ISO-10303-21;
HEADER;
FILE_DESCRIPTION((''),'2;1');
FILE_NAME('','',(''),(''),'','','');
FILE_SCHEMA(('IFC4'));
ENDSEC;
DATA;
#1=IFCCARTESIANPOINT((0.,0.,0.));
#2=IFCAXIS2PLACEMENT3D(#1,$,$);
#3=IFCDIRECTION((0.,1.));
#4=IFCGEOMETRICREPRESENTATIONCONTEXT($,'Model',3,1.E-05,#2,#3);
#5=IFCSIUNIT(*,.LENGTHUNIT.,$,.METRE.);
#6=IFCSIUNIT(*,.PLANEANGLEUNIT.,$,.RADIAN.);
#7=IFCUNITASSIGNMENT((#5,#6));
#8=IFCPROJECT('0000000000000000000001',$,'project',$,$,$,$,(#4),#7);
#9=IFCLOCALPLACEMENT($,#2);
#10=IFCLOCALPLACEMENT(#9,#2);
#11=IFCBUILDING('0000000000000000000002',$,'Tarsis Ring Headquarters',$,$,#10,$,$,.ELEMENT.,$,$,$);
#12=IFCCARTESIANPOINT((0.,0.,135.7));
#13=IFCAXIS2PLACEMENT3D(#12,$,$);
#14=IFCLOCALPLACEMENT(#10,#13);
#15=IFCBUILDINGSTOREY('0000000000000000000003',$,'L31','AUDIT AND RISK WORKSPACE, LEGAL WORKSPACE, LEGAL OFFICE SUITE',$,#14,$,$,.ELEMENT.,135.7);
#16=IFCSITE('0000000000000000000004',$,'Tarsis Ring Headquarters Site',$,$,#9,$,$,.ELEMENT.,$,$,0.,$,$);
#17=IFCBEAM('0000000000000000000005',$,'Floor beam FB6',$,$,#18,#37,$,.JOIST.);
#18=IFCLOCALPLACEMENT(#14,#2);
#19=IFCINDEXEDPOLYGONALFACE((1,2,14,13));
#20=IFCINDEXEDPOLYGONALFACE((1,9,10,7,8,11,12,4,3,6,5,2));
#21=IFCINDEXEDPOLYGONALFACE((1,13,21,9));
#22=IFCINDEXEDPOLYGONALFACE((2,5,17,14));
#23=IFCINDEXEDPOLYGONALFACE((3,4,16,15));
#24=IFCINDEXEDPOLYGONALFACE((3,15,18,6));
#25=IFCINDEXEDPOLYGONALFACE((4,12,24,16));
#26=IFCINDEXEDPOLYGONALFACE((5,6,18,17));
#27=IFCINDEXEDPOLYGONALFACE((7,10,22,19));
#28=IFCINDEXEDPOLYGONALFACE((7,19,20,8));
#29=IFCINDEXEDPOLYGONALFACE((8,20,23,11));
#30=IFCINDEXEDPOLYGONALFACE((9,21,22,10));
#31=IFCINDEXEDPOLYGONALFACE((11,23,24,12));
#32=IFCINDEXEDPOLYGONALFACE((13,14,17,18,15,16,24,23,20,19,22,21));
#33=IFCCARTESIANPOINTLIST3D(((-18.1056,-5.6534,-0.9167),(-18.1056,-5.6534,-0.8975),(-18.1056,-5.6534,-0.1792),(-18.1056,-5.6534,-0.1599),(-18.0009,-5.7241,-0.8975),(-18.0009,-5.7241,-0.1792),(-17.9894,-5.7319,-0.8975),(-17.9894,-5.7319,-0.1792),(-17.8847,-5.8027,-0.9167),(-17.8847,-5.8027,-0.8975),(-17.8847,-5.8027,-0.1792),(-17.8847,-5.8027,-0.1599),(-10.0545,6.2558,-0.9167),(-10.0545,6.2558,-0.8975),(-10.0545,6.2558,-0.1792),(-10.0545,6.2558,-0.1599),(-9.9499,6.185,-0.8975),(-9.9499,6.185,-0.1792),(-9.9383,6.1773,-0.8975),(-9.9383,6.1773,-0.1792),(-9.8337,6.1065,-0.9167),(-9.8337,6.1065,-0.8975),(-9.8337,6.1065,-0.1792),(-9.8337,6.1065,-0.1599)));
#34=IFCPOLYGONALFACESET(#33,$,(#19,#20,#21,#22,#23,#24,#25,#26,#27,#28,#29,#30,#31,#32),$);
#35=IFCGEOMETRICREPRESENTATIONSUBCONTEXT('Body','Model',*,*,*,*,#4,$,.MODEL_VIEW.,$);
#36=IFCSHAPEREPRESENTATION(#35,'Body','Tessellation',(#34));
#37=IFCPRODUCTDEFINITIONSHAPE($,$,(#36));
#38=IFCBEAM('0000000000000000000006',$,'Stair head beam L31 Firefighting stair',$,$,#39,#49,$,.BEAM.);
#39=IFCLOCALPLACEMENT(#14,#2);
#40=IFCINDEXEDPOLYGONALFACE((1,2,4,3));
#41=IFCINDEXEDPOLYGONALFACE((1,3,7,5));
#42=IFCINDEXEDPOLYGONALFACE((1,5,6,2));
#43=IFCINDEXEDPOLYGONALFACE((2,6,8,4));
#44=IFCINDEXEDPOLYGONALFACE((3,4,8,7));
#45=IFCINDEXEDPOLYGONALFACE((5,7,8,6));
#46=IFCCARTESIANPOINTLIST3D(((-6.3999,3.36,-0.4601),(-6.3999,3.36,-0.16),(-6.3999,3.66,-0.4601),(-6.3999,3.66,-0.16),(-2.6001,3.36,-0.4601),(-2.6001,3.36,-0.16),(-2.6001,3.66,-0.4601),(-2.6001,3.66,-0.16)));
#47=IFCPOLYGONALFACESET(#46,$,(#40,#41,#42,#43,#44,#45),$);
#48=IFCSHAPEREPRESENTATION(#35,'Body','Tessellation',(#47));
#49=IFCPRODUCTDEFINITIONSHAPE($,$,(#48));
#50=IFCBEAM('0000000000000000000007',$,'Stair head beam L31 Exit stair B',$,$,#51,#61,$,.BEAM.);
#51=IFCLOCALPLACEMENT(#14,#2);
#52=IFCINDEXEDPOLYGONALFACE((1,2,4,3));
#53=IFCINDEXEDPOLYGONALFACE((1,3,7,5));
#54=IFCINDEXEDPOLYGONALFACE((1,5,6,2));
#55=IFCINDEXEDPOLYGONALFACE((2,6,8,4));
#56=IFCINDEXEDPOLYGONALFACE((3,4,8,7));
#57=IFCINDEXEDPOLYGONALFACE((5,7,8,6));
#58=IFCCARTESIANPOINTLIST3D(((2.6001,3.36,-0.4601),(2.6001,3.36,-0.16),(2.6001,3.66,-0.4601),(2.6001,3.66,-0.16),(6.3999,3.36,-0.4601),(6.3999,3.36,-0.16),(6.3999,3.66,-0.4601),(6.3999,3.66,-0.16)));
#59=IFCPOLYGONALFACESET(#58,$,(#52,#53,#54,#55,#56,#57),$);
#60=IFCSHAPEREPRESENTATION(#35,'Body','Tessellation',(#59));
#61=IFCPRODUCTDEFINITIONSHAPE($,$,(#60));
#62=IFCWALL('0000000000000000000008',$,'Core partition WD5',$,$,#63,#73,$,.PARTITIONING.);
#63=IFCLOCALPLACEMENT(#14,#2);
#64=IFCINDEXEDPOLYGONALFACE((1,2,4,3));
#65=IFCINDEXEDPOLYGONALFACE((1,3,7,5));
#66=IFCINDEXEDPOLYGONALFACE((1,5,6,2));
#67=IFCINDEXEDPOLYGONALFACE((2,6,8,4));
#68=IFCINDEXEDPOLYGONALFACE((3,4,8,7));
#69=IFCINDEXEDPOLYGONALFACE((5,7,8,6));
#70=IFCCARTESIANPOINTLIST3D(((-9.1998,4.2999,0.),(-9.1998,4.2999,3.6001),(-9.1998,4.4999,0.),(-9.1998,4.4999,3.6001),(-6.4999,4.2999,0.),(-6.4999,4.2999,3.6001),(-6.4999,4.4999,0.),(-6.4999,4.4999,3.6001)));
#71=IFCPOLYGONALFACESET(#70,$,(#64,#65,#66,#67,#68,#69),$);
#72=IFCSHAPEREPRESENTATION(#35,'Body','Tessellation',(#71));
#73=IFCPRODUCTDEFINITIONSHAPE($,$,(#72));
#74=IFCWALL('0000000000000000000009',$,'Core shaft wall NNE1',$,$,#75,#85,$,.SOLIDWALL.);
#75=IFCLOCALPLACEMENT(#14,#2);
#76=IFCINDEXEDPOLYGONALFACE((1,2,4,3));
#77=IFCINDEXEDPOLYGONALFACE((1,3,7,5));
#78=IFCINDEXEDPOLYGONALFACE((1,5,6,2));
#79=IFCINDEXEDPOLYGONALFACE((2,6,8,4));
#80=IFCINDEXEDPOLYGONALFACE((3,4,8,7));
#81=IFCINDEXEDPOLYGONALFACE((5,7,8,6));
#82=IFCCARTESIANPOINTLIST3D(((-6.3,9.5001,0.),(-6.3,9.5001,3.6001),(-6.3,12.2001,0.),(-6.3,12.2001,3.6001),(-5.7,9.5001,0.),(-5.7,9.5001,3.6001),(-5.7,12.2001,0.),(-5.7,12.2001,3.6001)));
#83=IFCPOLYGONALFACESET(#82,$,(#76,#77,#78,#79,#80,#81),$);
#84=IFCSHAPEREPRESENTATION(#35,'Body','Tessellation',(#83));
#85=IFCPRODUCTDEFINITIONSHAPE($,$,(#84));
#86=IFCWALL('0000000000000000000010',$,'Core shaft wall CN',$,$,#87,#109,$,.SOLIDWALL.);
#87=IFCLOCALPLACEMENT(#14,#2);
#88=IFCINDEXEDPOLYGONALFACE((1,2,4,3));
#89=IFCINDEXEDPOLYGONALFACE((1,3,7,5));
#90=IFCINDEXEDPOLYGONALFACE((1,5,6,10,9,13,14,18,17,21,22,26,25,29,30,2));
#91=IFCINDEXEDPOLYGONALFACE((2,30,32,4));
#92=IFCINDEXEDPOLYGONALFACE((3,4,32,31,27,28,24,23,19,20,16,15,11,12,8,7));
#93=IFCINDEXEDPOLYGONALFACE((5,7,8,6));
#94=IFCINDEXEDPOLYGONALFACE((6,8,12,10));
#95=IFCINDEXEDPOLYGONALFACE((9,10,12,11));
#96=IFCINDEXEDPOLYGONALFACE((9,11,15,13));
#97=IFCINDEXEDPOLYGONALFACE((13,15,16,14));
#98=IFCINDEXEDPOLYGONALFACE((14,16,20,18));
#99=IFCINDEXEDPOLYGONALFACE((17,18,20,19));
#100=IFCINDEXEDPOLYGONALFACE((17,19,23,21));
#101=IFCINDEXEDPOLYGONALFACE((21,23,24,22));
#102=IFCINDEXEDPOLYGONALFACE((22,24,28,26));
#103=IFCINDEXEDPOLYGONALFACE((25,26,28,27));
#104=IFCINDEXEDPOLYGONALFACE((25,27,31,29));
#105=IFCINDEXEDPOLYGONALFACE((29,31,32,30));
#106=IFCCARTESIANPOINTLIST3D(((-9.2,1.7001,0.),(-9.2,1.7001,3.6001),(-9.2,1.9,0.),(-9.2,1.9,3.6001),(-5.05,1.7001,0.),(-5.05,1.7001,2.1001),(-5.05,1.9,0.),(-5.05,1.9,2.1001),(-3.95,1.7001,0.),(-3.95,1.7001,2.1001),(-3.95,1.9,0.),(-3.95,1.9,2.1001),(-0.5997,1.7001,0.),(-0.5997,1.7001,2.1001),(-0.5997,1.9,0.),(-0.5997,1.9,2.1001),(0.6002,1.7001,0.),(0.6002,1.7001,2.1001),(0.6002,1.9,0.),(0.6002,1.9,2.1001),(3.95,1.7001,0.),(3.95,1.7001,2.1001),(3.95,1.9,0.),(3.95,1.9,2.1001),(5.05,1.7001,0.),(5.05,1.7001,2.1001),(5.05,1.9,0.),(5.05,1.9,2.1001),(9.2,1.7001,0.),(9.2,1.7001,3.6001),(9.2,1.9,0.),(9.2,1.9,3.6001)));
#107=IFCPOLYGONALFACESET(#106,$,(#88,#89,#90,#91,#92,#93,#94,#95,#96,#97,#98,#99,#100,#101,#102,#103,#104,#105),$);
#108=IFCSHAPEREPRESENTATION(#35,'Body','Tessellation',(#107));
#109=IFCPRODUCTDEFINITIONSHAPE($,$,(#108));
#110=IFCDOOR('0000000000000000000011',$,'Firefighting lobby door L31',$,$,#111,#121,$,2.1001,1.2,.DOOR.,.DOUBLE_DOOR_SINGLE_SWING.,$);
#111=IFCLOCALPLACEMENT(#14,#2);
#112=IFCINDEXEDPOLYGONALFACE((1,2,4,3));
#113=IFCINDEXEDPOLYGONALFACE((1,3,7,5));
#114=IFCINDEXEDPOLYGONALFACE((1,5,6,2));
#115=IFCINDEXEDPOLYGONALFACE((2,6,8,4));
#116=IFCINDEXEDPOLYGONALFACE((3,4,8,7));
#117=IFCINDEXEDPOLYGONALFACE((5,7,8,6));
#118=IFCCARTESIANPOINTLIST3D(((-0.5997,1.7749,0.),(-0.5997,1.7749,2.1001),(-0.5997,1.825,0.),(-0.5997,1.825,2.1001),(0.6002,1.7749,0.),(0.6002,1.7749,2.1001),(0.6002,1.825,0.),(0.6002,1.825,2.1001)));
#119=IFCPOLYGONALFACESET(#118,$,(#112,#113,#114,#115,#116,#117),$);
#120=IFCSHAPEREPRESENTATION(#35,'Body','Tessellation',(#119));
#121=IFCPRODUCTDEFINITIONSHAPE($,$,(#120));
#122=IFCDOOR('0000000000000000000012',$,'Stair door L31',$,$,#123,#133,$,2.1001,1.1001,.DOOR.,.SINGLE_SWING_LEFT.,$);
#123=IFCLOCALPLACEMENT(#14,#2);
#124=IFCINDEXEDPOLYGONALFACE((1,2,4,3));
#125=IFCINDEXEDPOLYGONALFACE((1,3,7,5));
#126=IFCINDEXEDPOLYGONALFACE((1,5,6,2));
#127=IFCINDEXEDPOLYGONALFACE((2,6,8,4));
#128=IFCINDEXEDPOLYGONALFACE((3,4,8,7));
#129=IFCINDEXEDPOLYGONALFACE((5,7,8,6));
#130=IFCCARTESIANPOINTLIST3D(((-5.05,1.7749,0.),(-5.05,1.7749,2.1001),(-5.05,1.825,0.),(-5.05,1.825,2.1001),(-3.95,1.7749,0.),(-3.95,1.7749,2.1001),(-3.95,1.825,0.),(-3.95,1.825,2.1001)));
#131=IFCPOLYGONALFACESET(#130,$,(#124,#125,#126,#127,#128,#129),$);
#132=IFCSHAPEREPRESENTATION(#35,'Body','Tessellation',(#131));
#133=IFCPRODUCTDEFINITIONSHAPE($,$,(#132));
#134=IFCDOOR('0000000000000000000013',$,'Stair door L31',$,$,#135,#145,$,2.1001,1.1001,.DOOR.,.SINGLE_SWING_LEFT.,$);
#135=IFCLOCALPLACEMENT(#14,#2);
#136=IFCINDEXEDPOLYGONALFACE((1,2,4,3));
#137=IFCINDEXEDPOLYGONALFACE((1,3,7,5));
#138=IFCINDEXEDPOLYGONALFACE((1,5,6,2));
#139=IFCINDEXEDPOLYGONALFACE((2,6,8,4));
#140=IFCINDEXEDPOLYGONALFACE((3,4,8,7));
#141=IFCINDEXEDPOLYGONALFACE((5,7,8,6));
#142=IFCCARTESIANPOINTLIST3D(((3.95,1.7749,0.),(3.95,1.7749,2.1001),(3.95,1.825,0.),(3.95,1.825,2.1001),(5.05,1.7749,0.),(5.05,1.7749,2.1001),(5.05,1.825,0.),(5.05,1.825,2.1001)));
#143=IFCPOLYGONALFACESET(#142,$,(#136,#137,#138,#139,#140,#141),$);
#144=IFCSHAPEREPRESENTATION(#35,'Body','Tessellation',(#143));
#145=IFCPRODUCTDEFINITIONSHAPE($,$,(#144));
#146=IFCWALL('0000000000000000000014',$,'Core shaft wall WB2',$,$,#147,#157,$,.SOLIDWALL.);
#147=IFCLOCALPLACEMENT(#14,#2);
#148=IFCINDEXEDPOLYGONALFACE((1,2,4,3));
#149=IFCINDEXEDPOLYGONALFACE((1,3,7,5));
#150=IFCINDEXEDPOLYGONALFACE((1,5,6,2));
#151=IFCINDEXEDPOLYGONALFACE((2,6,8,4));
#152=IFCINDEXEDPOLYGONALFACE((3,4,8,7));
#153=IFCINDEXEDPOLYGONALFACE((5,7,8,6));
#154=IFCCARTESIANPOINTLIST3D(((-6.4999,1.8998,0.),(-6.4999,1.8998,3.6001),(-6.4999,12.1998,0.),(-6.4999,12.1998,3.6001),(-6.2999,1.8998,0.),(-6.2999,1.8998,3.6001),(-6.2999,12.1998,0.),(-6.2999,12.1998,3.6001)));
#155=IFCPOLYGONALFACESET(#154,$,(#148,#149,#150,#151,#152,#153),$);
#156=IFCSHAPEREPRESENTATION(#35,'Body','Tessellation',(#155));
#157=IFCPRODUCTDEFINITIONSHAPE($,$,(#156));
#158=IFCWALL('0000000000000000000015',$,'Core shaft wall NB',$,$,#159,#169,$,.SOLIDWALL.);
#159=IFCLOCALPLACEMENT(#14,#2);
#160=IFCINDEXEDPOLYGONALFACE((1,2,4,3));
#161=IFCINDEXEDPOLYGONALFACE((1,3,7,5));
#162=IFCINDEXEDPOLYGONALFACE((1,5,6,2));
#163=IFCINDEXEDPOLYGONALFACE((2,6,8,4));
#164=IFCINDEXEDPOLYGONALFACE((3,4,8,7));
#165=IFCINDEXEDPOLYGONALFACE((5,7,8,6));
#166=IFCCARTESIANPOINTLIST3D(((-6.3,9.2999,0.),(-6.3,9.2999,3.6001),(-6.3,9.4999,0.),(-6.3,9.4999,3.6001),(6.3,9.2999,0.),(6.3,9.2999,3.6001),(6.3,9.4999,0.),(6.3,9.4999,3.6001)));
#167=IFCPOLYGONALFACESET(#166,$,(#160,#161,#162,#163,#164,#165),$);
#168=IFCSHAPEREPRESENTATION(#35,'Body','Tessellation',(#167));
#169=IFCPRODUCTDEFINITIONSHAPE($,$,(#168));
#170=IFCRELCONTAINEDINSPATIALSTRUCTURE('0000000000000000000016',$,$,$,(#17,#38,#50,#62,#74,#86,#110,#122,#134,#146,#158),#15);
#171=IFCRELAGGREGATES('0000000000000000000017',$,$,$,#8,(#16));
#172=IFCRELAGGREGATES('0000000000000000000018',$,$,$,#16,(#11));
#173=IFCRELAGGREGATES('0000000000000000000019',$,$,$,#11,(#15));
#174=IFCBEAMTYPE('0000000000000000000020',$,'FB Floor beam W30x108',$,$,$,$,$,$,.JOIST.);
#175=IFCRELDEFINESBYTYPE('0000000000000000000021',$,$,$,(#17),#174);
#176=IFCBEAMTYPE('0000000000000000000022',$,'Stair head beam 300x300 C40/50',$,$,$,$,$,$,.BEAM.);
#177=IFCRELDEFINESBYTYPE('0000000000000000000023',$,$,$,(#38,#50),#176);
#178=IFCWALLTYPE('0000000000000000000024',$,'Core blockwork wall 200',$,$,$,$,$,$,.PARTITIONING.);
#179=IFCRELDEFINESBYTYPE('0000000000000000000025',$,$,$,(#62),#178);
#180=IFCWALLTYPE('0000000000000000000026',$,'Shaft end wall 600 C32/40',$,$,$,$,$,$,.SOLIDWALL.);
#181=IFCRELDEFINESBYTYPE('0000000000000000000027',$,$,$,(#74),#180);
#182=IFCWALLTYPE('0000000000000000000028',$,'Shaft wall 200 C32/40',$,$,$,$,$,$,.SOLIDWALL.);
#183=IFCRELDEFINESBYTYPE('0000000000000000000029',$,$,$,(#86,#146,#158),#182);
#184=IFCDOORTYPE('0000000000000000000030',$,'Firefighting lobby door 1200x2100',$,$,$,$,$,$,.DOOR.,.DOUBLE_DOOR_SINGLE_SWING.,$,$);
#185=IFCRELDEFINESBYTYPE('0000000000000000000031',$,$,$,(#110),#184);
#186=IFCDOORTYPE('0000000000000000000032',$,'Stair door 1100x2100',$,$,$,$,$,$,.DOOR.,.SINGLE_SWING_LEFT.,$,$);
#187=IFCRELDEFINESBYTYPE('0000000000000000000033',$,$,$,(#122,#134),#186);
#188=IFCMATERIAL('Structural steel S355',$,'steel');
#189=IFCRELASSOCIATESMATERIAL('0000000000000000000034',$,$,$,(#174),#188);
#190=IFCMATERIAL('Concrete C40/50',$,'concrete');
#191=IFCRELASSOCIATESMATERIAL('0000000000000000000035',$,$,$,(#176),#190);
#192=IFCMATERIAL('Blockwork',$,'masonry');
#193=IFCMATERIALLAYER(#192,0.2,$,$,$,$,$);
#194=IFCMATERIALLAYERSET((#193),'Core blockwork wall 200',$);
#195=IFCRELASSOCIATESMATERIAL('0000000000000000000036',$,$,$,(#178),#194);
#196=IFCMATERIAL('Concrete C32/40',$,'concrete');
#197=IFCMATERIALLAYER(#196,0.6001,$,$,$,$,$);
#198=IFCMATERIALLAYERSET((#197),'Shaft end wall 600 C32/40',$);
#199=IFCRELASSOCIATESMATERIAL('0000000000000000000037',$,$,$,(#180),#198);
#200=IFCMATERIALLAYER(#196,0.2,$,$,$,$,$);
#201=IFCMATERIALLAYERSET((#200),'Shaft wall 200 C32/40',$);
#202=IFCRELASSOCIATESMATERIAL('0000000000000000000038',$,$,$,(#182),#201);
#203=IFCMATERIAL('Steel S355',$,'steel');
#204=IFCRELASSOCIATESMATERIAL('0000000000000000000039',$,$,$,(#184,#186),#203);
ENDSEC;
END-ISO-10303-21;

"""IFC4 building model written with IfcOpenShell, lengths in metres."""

from ifc_helpers import new_model, si_unit, direction, frame, frame_2d, origin, origin_2d, place, context, subcontext, project, spatial, rectangle, i_section, extrude, material, layer, layer_set, material_profile, profile_set, type_object, element, fill, save


model = new_model("IFC4")

# Units and contexts
model_context = context("Model", 3, precision=1e-05, world=origin(), true_north=direction((0.0, 1.0)))
body_context = subcontext(model_context, "Body", "Model", "MODEL_VIEW")
ifc_project = project(units=[si_unit("LENGTHUNIT", "METRE"), si_unit("PLANEANGLEUNIT", "RADIAN")], contexts=[model_context])

# Site, building, storey
site_placement = place(None, origin())
site = spatial("IfcSite", under=ifc_project, at=site_placement, Name="Tarsis Ring Headquarters Site", CompositionType="ELEMENT", RefElevation=0.0)
building_placement = place(site_placement, origin())
building = spatial("IfcBuilding", under=site, at=building_placement, Name="Tarsis Ring Headquarters", CompositionType="ELEMENT")
storey_placement = place(building_placement, frame((0.0, 0.0, 135.7)))
storey = spatial("IfcBuildingStorey", under=building, at=storey_placement, Name="L31", Description="AUDIT AND RISK WORKSPACE, LEGAL WORKSPACE, LEGAL OFFICE SUITE", CompositionType="ELEMENT", Elevation=135.7)

# Beams
ifc_material_1 = material(Name="Structural steel S355", Category="steel")
ifc_material_profile_1 = material_profile(ifc_material_1, i_section(OverallWidth=0.2666, OverallDepth=0.7568, WebThickness=0.0139, FlangeThickness=0.0193, at=origin_2d()), Name="W30x108")
ifc_profile_set_1 = profile_set([ifc_material_profile_1], Name="Structural steel S355")
beam_type_1 = type_object("IfcBeamType", Name="FB Floor beam W30x108", PredefinedType="JOIST", material=ifc_profile_set_1)
beam_placement = place(storey_placement, frame((-9.9441, 6.1812, -0.5383), z_axis=(-0.560062, -0.828451, 0.0), x_axis=(0.828451, -0.560062, 0.0)))
element("IfcBeam", 1, at=beam_placement, inside=storey, type_object=beam_type_1, Name="Floor beam FB6", PredefinedType="JOIST", context=body_context, shape_type="SweptSolid", body=[
    extrude(i_section(OverallWidth=0.2666, OverallDepth=0.7568, WebThickness=0.0139, FlangeThickness=0.0193, at=origin_2d()), origin(), (0.0, 0.0, 1.0), 14.3752),
])
ifc_material_2 = material(Name="Concrete C40/50", Category="concrete")
ifc_material_profile_2 = material_profile(ifc_material_2, rectangle(XDim=0.3, YDim=0.3, at=origin_2d()), Name="Stair head beam 300x300 C40/50")
ifc_profile_set_2 = profile_set([ifc_material_profile_2], Name="Concrete C40/50")
beam_type_2 = type_object("IfcBeamType", Name="Stair head beam 300x300 C40/50", PredefinedType="BEAM", material=ifc_profile_set_2)
for number, where, z_axis, x_axis, name in (
    (2, (-6.3999, 3.51, -0.3101), (1.0, 0.0, 0.0), (0.0, 1.0, 0.0), "Stair head beam L31 Firefighting stair"),
    (3, (2.6001, 3.51, -0.3101), (1.0, 0.0, 0.0), (0.0, 1.0, 0.0), "Stair head beam L31 Exit stair B"),
):
    element("IfcBeam", number, at=place(storey_placement, frame(where, z_axis=z_axis, x_axis=x_axis)), inside=storey, type_object=beam_type_2, Name=name, PredefinedType="BEAM", context=body_context, shape_type="SweptSolid", body=[
        extrude(rectangle(XDim=0.3, YDim=0.3, at=origin_2d()), origin(), (0.0, 0.0, 1.0), 3.7998),
    ])

# Walls
ifc_material_3 = material(Name="Blockwork", Category="masonry")
ifc_layer_1 = layer(ifc_material_3, 0.2)
ifc_layer_set_1 = layer_set([ifc_layer_1], Name="Core blockwork wall 200")
wall_type_1 = type_object("IfcWallType", Name="Core blockwork wall 200", PredefinedType="PARTITIONING", material=ifc_layer_set_1)
wall_1_placement = place(storey_placement, frame((-9.2, 4.3999, 0.0), z_axis=(0.0, 0.0, 1.0), x_axis=(1.0, 0.0, 0.0)))
element("IfcWall", 4, at=wall_1_placement, inside=storey, type_object=wall_type_1, Name="Core partition WD5", PredefinedType="PARTITIONING", context=body_context, shape_type="SweptSolid", body=[
    extrude(rectangle(XDim=2.7, YDim=0.2, at=frame_2d((1.3501, 0.0))), origin(), (0.0, 0.0, 1.0), 3.6001),
])
ifc_material_4 = material(Name="Concrete C32/40", Category="concrete")
ifc_layer_2 = layer(ifc_material_4, 0.6001)
ifc_layer_set_2 = layer_set([ifc_layer_2], Name="Shaft end wall 600 C32/40")
wall_type_2 = type_object("IfcWallType", Name="Shaft end wall 600 C32/40", PredefinedType="SOLIDWALL", material=ifc_layer_set_2)
wall_2_placement = place(storey_placement, frame((-6.0, 9.5, 0.0), z_axis=(0.0, 0.0, 1.0), x_axis=(0.0, 1.0, 0.0)))
element("IfcWall", 5, at=wall_2_placement, inside=storey, type_object=wall_type_2, Name="Core shaft wall NNE1", PredefinedType="SOLIDWALL", context=body_context, shape_type="SweptSolid", body=[
    extrude(rectangle(XDim=2.7, YDim=0.6001, at=frame_2d((1.3501, 0.0))), origin(), (0.0, 0.0, 1.0), 3.6001),
])

# Wall, openings, doors
ifc_layer_3 = layer(ifc_material_4, 0.2)
ifc_layer_set_3 = layer_set([ifc_layer_3], Name="Shaft wall 200 C32/40")
wall_type_3 = type_object("IfcWallType", Name="Shaft wall 200 C32/40", PredefinedType="SOLIDWALL", material=ifc_layer_set_3)
wall_3_placement = place(storey_placement, frame((-9.2, 1.8, 0.0), z_axis=(0.0, 0.0, 1.0), x_axis=(1.0, 0.0, 0.0)))
wall_3 = element("IfcWall", 6, at=wall_3_placement, inside=storey, type_object=wall_type_3, Name="Core shaft wall CN", PredefinedType="SOLIDWALL", context=body_context, shape_type="SweptSolid", body=[
    extrude(rectangle(XDim=18.3999, YDim=0.2, at=frame_2d((9.2, 0.0))), origin(), (0.0, 0.0, 1.0), 3.6001),
])
opening_1_placement = place(wall_3_placement, frame((4.1499, 0.0, 0.0)))
opening_1 = element("IfcOpeningElement", 7, at=opening_1_placement, cuts=wall_3, PredefinedType="OPENING", context=body_context, shape_type="SweptSolid", body=[
    extrude(rectangle(XDim=1.1001, YDim=2.1001, at=frame_2d((0.55, 1.05))), frame((0.0, 0.1099, 0.0), z_axis=(0.0, -1.0, 0.0), x_axis=(1.0, 0.0, 0.0)), (0.0, 0.0, 1.0), 0.22),
])
opening_2_placement = place(wall_3_placement, frame((8.6001, 0.0, 0.0)))
opening_2 = element("IfcOpeningElement", 8, at=opening_2_placement, cuts=wall_3, PredefinedType="OPENING", context=body_context, shape_type="SweptSolid", body=[
    extrude(rectangle(XDim=1.2, YDim=2.1001, at=frame_2d((0.6001, 1.05))), frame((0.0, 0.1099, 0.0), z_axis=(0.0, -1.0, 0.0), x_axis=(1.0, 0.0, 0.0)), (0.0, 0.0, 1.0), 0.22),
])
opening_3_placement = place(wall_3_placement, frame((13.1499, 0.0, 0.0)))
opening_3 = element("IfcOpeningElement", 9, at=opening_3_placement, cuts=wall_3, PredefinedType="OPENING", context=body_context, shape_type="SweptSolid", body=[
    extrude(rectangle(XDim=1.1001, YDim=2.1001, at=frame_2d((0.55, 1.05))), frame((0.0, 0.1099, 0.0), z_axis=(0.0, -1.0, 0.0), x_axis=(1.0, 0.0, 0.0)), (0.0, 0.0, 1.0), 0.22),
])
ifc_material_5 = material(Name="Steel S355", Category="steel")
door_type_1 = type_object("IfcDoorType", Name="Firefighting lobby door 1200x2100", OperationType="DOUBLE_DOOR_SINGLE_SWING", PredefinedType="DOOR", material=ifc_material_5)
door_1_placement = place(opening_2_placement, origin())
door_1 = element("IfcDoor", 10, at=door_1_placement, inside=storey, type_object=door_type_1, Name="Firefighting lobby door L31", OperationType="DOUBLE_DOOR_SINGLE_SWING", OverallHeight=2.1001, OverallWidth=1.2, PredefinedType="DOOR", context=body_context, shape_type="SweptSolid", body=[
    extrude(rectangle(XDim=1.2, YDim=2.1001, at=frame_2d((0.6001, 1.05))), frame((0.0, 0.0249, 0.0), z_axis=(0.0, -1.0, 0.0), x_axis=(1.0, 0.0, 0.0)), (0.0, 0.0, 1.0), 0.05),
])
fill(opening_2, door_1)
door_type_2 = type_object("IfcDoorType", Name="Stair door 1100x2100", OperationType="SINGLE_SWING_LEFT", PredefinedType="DOOR", material=ifc_material_5)
door_2_placement = place(opening_1_placement, origin())
door_2 = element("IfcDoor", 11, at=door_2_placement, inside=storey, type_object=door_type_2, Name="Stair door L31", OperationType="SINGLE_SWING_LEFT", OverallHeight=2.1001, OverallWidth=1.1001, PredefinedType="DOOR", context=body_context, shape_type="SweptSolid", body=[
    extrude(rectangle(XDim=1.1001, YDim=2.1001, at=frame_2d((0.55, 1.05))), frame((0.0, 0.0249, 0.0), z_axis=(0.0, -1.0, 0.0), x_axis=(1.0, 0.0, 0.0)), (0.0, 0.0, 1.0), 0.05),
])
fill(opening_1, door_2)
door_3_placement = place(opening_3_placement, origin())
door_3 = element("IfcDoor", 12, at=door_3_placement, inside=storey, type_object=door_type_2, Name="Stair door L31", OperationType="SINGLE_SWING_LEFT", OverallHeight=2.1001, OverallWidth=1.1001, PredefinedType="DOOR", context=body_context, shape_type="SweptSolid", body=[
    extrude(rectangle(XDim=1.1001, YDim=2.1001, at=frame_2d((0.55, 1.05))), frame((0.0, 0.0249, 0.0), z_axis=(0.0, -1.0, 0.0), x_axis=(1.0, 0.0, 0.0)), (0.0, 0.0, 1.0), 0.05),
])
fill(opening_3, door_3)

# Walls
wall_4_placement = place(storey_placement, frame((-6.3999, 1.8999, 0.0), z_axis=(0.0, 0.0, 1.0), x_axis=(0.0, 1.0, 0.0)))
element("IfcWall", 13, at=wall_4_placement, inside=storey, type_object=wall_type_3, Name="Core shaft wall WB2", PredefinedType="SOLIDWALL", context=body_context, shape_type="SweptSolid", body=[
    extrude(rectangle(XDim=10.3, YDim=0.2, at=frame_2d((5.1499, 0.0))), origin(), (0.0, 0.0, 1.0), 3.6001),
])
wall_5_placement = place(storey_placement, frame((-6.3, 9.3999, 0.0), z_axis=(0.0, 0.0, 1.0), x_axis=(1.0, 0.0, 0.0)))
element("IfcWall", 14, at=wall_5_placement, inside=storey, type_object=wall_type_3, Name="Core shaft wall NB", PredefinedType="SOLIDWALL", context=body_context, shape_type="SweptSolid", body=[
    extrude(rectangle(XDim=12.6001, YDim=0.2, at=frame_2d((6.3, 0.0))), origin(), (0.0, 0.0, 1.0), 3.6001),
])

save(model, "model.ifc")
